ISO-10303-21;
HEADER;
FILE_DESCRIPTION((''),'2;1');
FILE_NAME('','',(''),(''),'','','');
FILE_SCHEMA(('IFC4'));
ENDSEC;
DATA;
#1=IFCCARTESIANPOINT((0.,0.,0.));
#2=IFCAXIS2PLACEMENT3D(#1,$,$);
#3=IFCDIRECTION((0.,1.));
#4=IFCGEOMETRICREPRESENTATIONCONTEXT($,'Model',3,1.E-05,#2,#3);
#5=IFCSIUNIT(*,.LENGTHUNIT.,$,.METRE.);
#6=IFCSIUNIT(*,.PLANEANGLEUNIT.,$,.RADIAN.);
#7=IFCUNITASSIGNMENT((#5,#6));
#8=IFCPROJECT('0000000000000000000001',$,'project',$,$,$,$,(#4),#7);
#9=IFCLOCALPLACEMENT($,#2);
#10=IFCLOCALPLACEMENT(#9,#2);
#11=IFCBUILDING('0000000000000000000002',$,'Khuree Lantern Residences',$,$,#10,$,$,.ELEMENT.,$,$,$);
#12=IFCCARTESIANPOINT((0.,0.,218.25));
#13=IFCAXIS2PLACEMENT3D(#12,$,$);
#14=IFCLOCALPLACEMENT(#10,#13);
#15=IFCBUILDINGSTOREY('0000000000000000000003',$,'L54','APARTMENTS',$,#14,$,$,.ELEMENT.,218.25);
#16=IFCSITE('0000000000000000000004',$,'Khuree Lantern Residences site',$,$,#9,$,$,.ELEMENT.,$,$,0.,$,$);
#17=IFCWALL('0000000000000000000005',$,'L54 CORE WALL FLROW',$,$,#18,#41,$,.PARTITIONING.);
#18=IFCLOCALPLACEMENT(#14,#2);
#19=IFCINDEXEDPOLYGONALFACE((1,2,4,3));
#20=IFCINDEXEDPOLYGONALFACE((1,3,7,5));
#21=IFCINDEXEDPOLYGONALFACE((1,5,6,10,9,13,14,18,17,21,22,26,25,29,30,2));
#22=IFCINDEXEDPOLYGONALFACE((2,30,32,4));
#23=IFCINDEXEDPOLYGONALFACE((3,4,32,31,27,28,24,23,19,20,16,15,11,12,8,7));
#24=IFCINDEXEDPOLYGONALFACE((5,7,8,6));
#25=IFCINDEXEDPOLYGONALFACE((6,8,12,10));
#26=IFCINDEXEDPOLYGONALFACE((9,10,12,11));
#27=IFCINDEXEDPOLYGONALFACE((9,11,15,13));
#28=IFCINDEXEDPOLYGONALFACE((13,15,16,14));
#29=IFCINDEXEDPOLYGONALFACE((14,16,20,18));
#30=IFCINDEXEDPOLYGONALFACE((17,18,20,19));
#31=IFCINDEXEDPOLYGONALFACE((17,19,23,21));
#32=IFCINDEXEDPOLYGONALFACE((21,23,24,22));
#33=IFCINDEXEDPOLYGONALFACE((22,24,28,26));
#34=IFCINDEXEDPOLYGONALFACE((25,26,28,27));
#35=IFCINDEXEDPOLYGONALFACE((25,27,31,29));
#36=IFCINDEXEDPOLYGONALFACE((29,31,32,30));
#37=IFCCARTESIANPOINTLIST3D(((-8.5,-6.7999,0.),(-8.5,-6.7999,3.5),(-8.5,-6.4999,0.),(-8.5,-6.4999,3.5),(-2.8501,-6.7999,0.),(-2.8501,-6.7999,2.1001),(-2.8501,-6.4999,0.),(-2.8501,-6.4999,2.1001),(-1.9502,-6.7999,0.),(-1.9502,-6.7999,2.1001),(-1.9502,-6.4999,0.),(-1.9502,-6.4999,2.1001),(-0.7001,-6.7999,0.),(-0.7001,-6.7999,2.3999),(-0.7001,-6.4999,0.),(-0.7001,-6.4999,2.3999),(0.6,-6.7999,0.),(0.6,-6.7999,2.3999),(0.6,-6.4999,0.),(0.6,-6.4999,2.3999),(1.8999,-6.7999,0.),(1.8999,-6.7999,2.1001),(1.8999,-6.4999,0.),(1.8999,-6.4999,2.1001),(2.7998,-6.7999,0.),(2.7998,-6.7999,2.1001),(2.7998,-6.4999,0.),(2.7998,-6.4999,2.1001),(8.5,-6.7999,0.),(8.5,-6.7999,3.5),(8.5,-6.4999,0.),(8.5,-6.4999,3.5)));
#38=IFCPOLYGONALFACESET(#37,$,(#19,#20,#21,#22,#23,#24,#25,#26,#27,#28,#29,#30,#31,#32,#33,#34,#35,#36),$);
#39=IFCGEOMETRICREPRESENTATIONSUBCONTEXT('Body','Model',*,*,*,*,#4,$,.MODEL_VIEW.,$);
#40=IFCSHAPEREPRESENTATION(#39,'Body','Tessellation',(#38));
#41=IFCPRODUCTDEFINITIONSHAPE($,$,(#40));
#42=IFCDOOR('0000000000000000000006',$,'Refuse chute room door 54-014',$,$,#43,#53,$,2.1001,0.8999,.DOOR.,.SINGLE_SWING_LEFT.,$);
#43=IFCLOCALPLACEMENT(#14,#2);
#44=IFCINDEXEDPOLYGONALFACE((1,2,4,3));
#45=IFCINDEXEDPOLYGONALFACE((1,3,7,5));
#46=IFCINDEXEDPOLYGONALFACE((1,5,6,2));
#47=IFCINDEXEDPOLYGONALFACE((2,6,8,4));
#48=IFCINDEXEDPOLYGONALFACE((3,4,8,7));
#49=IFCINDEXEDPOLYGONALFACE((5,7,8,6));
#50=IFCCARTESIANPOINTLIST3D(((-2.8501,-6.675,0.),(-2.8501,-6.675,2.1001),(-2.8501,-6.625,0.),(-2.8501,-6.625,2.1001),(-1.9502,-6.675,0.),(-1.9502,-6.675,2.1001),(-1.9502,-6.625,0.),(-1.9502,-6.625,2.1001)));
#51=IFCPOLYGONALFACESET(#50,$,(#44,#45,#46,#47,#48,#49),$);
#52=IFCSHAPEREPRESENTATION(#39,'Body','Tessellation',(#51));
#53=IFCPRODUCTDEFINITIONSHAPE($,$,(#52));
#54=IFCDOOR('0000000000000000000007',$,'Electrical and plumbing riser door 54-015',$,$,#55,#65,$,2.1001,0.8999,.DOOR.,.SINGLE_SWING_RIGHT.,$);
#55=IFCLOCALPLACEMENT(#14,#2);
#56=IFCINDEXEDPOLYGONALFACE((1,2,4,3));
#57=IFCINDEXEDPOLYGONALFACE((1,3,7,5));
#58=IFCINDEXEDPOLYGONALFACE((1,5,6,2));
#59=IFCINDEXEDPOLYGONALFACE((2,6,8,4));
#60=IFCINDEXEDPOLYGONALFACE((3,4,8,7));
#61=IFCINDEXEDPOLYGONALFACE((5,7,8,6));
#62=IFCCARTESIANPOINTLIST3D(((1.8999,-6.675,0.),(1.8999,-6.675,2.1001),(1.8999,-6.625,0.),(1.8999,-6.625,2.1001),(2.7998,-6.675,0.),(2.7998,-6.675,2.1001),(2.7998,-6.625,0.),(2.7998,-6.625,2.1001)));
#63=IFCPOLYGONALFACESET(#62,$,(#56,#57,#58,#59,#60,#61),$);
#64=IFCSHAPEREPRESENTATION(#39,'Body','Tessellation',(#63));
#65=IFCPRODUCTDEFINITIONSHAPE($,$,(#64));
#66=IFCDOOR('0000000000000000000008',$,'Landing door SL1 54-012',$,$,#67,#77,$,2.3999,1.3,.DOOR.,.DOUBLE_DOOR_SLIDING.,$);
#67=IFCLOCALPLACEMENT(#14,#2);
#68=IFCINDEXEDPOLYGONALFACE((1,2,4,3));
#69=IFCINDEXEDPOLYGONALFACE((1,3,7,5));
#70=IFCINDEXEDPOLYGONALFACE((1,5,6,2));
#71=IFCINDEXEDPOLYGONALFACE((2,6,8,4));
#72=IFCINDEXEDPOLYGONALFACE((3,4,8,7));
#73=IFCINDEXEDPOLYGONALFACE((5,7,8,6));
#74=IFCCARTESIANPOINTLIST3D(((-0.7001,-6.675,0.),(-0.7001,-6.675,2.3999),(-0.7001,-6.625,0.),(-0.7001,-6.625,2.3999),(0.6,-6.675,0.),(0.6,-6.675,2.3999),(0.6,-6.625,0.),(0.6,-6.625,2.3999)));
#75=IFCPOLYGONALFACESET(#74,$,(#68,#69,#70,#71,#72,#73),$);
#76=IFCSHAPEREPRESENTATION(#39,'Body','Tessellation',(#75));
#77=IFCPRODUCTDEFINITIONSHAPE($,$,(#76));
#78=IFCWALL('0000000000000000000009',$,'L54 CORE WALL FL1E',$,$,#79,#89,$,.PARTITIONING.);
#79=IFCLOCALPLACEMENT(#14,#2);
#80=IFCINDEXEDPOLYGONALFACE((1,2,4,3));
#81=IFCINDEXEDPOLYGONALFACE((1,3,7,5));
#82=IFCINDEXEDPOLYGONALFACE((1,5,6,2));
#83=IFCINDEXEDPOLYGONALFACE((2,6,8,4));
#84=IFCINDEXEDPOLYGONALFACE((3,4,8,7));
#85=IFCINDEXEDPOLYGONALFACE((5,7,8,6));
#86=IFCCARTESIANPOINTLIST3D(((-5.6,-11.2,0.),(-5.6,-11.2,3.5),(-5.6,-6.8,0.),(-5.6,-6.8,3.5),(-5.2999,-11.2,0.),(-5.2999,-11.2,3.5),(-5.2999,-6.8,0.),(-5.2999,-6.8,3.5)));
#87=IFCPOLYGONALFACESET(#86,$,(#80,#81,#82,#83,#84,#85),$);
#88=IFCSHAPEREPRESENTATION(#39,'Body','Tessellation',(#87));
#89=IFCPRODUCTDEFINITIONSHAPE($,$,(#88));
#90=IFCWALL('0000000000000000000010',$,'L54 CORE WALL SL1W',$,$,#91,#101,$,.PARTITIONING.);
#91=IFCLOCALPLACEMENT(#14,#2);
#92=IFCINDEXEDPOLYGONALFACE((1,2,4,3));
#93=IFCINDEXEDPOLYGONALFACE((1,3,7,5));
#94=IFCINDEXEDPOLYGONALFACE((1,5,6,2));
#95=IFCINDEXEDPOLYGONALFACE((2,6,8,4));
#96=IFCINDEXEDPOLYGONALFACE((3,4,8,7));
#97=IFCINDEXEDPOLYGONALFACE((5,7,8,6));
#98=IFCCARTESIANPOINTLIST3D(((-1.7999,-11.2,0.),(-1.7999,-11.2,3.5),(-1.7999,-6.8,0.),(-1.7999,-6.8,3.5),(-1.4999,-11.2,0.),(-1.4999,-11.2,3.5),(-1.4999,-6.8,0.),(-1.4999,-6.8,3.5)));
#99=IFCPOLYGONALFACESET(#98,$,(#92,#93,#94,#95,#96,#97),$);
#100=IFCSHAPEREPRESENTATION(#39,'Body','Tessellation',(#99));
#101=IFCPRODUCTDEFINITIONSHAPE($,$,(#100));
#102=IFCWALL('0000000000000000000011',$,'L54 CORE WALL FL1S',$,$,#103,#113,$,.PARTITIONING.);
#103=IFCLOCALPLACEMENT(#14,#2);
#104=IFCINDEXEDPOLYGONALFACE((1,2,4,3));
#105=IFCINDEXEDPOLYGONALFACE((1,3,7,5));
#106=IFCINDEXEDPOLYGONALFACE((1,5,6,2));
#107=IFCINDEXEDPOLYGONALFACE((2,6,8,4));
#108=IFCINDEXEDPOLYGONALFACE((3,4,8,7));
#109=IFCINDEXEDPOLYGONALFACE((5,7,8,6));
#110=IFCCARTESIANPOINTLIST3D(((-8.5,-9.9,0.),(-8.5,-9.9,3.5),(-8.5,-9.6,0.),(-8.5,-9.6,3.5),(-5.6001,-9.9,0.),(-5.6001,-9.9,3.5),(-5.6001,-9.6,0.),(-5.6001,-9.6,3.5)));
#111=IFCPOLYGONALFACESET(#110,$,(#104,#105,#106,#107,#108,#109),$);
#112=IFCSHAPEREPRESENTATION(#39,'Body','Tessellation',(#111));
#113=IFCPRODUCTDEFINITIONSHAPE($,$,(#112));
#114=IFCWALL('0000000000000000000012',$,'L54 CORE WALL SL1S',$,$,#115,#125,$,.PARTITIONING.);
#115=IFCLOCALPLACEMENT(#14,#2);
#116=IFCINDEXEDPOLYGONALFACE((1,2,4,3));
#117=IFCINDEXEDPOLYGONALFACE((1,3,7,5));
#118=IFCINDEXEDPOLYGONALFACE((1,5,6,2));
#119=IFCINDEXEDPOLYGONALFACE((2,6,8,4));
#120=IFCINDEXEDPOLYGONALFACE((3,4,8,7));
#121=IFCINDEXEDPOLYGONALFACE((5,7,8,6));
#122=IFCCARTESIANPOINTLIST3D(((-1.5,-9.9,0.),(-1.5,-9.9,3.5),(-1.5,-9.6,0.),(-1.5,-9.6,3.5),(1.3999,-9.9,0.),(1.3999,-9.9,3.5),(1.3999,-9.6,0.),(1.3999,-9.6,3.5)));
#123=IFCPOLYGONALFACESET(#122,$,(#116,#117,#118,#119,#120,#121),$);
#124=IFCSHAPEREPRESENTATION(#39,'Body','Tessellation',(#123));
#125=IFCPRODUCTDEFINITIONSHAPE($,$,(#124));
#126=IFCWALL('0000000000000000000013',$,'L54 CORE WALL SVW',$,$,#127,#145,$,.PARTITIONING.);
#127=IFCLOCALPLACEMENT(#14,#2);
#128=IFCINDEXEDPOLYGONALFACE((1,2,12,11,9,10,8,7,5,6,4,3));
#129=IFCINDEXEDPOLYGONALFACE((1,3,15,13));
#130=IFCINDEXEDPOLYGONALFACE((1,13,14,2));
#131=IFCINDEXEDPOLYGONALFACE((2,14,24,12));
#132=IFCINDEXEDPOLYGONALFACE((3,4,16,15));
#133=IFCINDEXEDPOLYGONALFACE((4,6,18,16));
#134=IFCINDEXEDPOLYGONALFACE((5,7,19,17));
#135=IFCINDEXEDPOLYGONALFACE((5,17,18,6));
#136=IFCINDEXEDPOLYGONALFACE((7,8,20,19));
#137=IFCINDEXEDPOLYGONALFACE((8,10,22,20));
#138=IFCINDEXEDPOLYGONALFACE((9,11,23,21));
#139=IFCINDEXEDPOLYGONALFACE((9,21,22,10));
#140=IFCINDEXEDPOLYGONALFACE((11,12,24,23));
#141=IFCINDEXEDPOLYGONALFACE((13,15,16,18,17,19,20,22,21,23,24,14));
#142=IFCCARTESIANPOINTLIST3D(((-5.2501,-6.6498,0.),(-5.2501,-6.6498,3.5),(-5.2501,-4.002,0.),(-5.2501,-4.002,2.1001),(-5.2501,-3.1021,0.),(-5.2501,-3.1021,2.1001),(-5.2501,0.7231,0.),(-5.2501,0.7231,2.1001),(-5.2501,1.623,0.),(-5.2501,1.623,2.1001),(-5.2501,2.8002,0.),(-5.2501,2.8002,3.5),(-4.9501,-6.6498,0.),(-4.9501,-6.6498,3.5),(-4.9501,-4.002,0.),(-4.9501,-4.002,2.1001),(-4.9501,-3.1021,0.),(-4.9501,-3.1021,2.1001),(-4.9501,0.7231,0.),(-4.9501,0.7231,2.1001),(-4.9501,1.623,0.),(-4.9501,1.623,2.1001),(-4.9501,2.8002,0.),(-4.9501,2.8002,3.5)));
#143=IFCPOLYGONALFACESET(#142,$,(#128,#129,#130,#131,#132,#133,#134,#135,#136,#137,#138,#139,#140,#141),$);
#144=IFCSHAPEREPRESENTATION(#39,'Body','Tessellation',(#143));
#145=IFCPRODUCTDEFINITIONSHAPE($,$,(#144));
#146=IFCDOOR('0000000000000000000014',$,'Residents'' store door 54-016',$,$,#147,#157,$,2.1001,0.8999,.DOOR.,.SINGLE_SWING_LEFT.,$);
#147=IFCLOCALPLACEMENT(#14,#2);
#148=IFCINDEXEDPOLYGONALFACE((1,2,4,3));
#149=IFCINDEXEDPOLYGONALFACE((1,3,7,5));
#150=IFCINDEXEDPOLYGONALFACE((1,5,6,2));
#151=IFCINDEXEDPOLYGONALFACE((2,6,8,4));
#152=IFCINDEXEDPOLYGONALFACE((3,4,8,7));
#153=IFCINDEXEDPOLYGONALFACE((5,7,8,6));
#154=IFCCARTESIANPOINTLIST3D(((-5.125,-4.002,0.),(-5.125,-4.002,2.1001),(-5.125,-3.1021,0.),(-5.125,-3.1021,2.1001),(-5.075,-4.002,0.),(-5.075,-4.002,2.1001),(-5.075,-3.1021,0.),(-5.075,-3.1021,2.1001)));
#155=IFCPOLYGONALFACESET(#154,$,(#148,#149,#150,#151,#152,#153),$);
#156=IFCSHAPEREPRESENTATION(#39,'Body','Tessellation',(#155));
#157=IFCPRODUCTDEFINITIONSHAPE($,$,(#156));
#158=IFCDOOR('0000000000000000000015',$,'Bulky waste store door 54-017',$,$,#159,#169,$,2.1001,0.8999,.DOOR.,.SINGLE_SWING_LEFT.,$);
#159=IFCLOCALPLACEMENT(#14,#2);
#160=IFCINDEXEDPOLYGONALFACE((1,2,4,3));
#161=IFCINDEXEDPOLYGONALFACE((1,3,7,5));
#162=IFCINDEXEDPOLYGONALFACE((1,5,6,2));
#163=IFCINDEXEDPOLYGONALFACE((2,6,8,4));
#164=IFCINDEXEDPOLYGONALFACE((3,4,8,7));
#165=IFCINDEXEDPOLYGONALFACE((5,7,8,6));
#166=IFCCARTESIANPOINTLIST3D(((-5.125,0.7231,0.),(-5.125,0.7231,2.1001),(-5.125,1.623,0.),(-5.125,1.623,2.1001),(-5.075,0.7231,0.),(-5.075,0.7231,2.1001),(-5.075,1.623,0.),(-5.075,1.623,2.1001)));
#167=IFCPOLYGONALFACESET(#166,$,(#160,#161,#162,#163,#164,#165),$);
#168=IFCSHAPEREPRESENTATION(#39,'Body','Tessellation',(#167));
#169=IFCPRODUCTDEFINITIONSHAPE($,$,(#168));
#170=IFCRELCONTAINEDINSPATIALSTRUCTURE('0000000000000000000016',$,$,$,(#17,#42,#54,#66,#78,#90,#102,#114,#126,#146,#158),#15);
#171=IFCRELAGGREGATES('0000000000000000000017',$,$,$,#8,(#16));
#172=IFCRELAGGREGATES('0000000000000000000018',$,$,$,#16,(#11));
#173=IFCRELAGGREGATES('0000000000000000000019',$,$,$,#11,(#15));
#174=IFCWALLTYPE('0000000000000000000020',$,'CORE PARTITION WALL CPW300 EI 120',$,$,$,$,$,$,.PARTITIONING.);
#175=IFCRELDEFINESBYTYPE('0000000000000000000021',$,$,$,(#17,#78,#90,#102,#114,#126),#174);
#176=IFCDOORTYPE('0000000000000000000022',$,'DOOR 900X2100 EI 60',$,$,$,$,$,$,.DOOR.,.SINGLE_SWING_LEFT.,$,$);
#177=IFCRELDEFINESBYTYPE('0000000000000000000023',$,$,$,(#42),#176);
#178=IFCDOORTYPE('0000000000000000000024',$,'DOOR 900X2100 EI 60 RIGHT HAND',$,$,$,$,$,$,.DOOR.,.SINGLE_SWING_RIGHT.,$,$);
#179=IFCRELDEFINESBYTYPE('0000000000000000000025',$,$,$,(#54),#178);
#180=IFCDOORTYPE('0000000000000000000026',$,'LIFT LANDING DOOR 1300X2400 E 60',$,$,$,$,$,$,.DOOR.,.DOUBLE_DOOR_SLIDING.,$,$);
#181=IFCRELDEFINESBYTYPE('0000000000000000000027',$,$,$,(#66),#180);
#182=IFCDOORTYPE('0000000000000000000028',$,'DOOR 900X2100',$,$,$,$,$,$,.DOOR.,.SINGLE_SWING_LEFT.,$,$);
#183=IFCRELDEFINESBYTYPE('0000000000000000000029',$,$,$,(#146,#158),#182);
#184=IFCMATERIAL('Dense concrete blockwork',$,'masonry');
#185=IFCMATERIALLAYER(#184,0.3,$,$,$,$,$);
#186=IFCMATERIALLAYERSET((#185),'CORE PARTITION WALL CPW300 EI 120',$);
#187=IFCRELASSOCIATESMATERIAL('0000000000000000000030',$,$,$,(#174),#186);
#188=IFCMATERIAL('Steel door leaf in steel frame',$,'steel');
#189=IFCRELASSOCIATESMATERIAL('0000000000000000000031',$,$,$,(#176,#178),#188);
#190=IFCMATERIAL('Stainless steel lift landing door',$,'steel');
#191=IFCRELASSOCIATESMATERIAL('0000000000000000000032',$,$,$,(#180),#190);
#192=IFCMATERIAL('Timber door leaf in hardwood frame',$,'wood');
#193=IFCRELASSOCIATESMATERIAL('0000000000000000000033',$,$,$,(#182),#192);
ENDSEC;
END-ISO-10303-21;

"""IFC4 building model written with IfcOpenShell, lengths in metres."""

from ifc_helpers import new_model, si_unit, direction, frame, frame_2d, origin, place, context, subcontext, project, spatial, rectangle, extrude, material, layer, layer_set, type_object, element, fill, save


model = new_model("IFC4")

# Units and contexts
model_context = context("Model", 3, precision=1e-05, world=origin(), true_north=direction((0.0, 1.0)))
body_context = subcontext(model_context, "Body", "Model", "MODEL_VIEW")
ifc_project = project(units=[si_unit("LENGTHUNIT", "METRE"), si_unit("PLANEANGLEUNIT", "RADIAN")], contexts=[model_context])

# Site, building, storey
site_placement = place(None, origin())
site = spatial("IfcSite", under=ifc_project, at=site_placement, Name="Khuree Lantern Residences site", CompositionType="ELEMENT", RefElevation=0.0)
building_placement = place(site_placement, origin())
building = spatial("IfcBuilding", under=site, at=building_placement, Name="Khuree Lantern Residences", CompositionType="ELEMENT")
storey_placement = place(building_placement, frame((0.0, 0.0, 218.25)))
storey = spatial("IfcBuildingStorey", under=building, at=storey_placement, Name="L54", Description="APARTMENTS", CompositionType="ELEMENT", Elevation=218.25)

# Wall, openings, doors
ifc_material_1 = material(Name="Dense concrete blockwork", Category="masonry")
ifc_layer_1 = layer(ifc_material_1, 0.3)
ifc_layer_set_1 = layer_set([ifc_layer_1], Name="CORE PARTITION WALL CPW300 EI 120")
wall_type_1 = type_object("IfcWallType", Name="CORE PARTITION WALL CPW300 EI 120", PredefinedType="PARTITIONING", material=ifc_layer_set_1)
wall_1_placement = place(storey_placement, frame((-8.5, -6.6499, 0.0), z_axis=(0.0, 0.0, 1.0), x_axis=(1.0, 0.0, 0.0)))
wall_1 = element("IfcWall", 1, at=wall_1_placement, inside=storey, type_object=wall_type_1, Name="L54 CORE WALL FLROW", PredefinedType="PARTITIONING", context=body_context, shape_type="SweptSolid", body=[
    extrude(rectangle(XDim=17.0, YDim=0.3, at=frame_2d((8.5, 0.0))), origin(), (0.0, 0.0, 1.0), 3.5),
])
opening_1_placement = place(wall_1_placement, frame((7.8, 0.0, 0.0)))
opening_1 = element("IfcOpeningElement", 2, at=opening_1_placement, cuts=wall_1, PredefinedType="OPENING", context=body_context, shape_type="SweptSolid", body=[
    extrude(rectangle(XDim=1.3, YDim=2.3999, at=frame_2d((0.6499, 1.2))), frame((0.0, 0.1602, 0.0), z_axis=(0.0, -1.0, 0.0), x_axis=(1.0, 0.0, 0.0)), (0.0, 0.0, 1.0), 0.3201),
])
opening_2_placement = place(wall_1_placement, frame((5.6499, 0.0, 0.0)))
opening_2 = element("IfcOpeningElement", 3, at=opening_2_placement, cuts=wall_1, PredefinedType="OPENING", context=body_context, shape_type="SweptSolid", body=[
    extrude(rectangle(XDim=0.8999, YDim=2.1001, at=frame_2d((0.45, 1.05))), frame((0.0, 0.1602, 0.0), z_axis=(0.0, -1.0, 0.0), x_axis=(1.0, 0.0, 0.0)), (0.0, 0.0, 1.0), 0.3201),
])
opening_3_placement = place(wall_1_placement, frame((10.3999, 0.0, 0.0)))
opening_3 = element("IfcOpeningElement", 4, at=opening_3_placement, cuts=wall_1, PredefinedType="OPENING", context=body_context, shape_type="SweptSolid", body=[
    extrude(rectangle(XDim=0.8999, YDim=2.1001, at=frame_2d((0.45, 1.05))), frame((0.0, 0.1602, 0.0), z_axis=(0.0, -1.0, 0.0), x_axis=(1.0, 0.0, 0.0)), (0.0, 0.0, 1.0), 0.3201),
])
ifc_material_2 = material(Name="Steel door leaf in steel frame", Category="steel")
door_type_1 = type_object("IfcDoorType", Name="DOOR 900X2100 EI 60", OperationType="SINGLE_SWING_LEFT", PredefinedType="DOOR", material=ifc_material_2)
door_1_placement = place(opening_2_placement, origin())
door_1 = element("IfcDoor", 5, at=door_1_placement, inside=storey, type_object=door_type_1, Name="Refuse chute room door 54-014", OperationType="SINGLE_SWING_LEFT", OverallHeight=2.1001, OverallWidth=0.8999, PredefinedType="DOOR", context=body_context, shape_type="SweptSolid", body=[
    extrude(rectangle(XDim=0.8999, YDim=2.1001, at=frame_2d((0.45, 1.05))), frame((0.0, 0.0249, 0.0), z_axis=(0.0, -1.0, 0.0), x_axis=(1.0, 0.0, 0.0)), (0.0, 0.0, 1.0), 0.05),
])
fill(opening_2, door_1)
door_type_2 = type_object("IfcDoorType", Name="DOOR 900X2100 EI 60 RIGHT HAND", OperationType="SINGLE_SWING_RIGHT", PredefinedType="DOOR", material=ifc_material_2)
door_2_placement = place(opening_3_placement, origin())
door_2 = element("IfcDoor", 6, at=door_2_placement, inside=storey, type_object=door_type_2, Name="Electrical and plumbing riser door 54-015", OperationType="SINGLE_SWING_RIGHT", OverallHeight=2.1001, OverallWidth=0.8999, PredefinedType="DOOR", context=body_context, shape_type="SweptSolid", body=[
    extrude(rectangle(XDim=0.8999, YDim=2.1001, at=frame_2d((0.45, 1.05))), frame((0.0, 0.0249, 0.0), z_axis=(0.0, -1.0, 0.0), x_axis=(1.0, 0.0, 0.0)), (0.0, 0.0, 1.0), 0.05),
])
fill(opening_3, door_2)
ifc_material_3 = material(Name="Stainless steel lift landing door", Category="steel")
door_type_3 = type_object("IfcDoorType", Name="LIFT LANDING DOOR 1300X2400 E 60", OperationType="DOUBLE_DOOR_SLIDING", PredefinedType="DOOR", material=ifc_material_3)
door_3_placement = place(opening_1_placement, origin())
door_3 = element("IfcDoor", 7, at=door_3_placement, inside=storey, type_object=door_type_3, Name="Landing door SL1 54-012", OperationType="DOUBLE_DOOR_SLIDING", OverallHeight=2.3999, OverallWidth=1.3, PredefinedType="DOOR", context=body_context, shape_type="SweptSolid", body=[
    extrude(rectangle(XDim=1.3, YDim=2.3999, at=frame_2d((0.6499, 1.2))), frame((0.0, 0.0249, 0.0), z_axis=(0.0, -1.0, 0.0), x_axis=(1.0, 0.0, 0.0)), (0.0, 0.0, 1.0), 0.05),
])
fill(opening_1, door_3)

# Walls
for number, where, z_axis, x_axis, name in (
    (8, (-5.45, -11.2, 0.0), (0.0, 0.0, 1.0), (0.0, 1.0, 0.0), "L54 CORE WALL FL1E"),
    (9, (-1.6499, -11.2, 0.0), (0.0, 0.0, 1.0), (0.0, 1.0, 0.0), "L54 CORE WALL SL1W"),
):
    element("IfcWall", number, at=place(storey_placement, frame(where, z_axis=z_axis, x_axis=x_axis)), inside=storey, type_object=wall_type_1, Name=name, PredefinedType="PARTITIONING", context=body_context, shape_type="SweptSolid", body=[
        extrude(rectangle(XDim=4.3999, YDim=0.3, at=frame_2d((2.2, 0.0))), origin(), (0.0, 0.0, 1.0), 3.5),
    ])
for number, where, z_axis, x_axis, name in (
    (10, (-8.5, -9.75, 0.0), (0.0, 0.0, 1.0), (1.0, 0.0, 0.0), "L54 CORE WALL FL1S"),
    (11, (-1.5, -9.75, 0.0), (0.0, 0.0, 1.0), (1.0, 0.0, 0.0), "L54 CORE WALL SL1S"),
):
    element("IfcWall", number, at=place(storey_placement, frame(where, z_axis=z_axis, x_axis=x_axis)), inside=storey, type_object=wall_type_1, Name=name, PredefinedType="PARTITIONING", context=body_context, shape_type="SweptSolid", body=[
        extrude(rectangle(XDim=2.8999, YDim=0.3, at=frame_2d((1.45, 0.0))), origin(), (0.0, 0.0, 1.0), 3.5),
    ])

# Wall, openings, doors
wall_2_placement = place(storey_placement, frame((-5.1001, -6.6499, 0.0), z_axis=(0.0, 0.0, 1.0), x_axis=(0.0, 1.0, 0.0)))
wall_2 = element("IfcWall", 12, at=wall_2_placement, inside=storey, type_object=wall_type_1, Name="L54 CORE WALL SVW", PredefinedType="PARTITIONING", context=body_context, shape_type="SweptSolid", body=[
    extrude(rectangle(XDim=9.45, YDim=0.3, at=frame_2d((4.7251, 0.0))), origin(), (0.0, 0.0, 1.0), 3.5),
])
opening_4_placement = place(wall_2_placement, frame((2.6479, 0.0, 0.0)))
opening_4 = element("IfcOpeningElement", 13, at=opening_4_placement, cuts=wall_2, PredefinedType="OPENING", context=body_context, shape_type="SweptSolid", body=[
    extrude(rectangle(XDim=0.8999, YDim=2.1001, at=frame_2d((0.45, 1.05))), frame((0.0, 0.1602, 0.0), z_axis=(0.0, -1.0, 0.0), x_axis=(1.0, 0.0, 0.0)), (0.0, 0.0, 1.0), 0.3201),
])
opening_5_placement = place(wall_2_placement, frame((7.373, 0.0, 0.0)))
opening_5 = element("IfcOpeningElement", 14, at=opening_5_placement, cuts=wall_2, PredefinedType="OPENING", context=body_context, shape_type="SweptSolid", body=[
    extrude(rectangle(XDim=0.8999, YDim=2.1001, at=frame_2d((0.45, 1.05))), frame((0.0, 0.1602, 0.0), z_axis=(0.0, -1.0, 0.0), x_axis=(1.0, 0.0, 0.0)), (0.0, 0.0, 1.0), 0.3201),
])
ifc_material_4 = material(Name="Timber door leaf in hardwood frame", Category="wood")
door_type_4 = type_object("IfcDoorType", Name="DOOR 900X2100", OperationType="SINGLE_SWING_LEFT", PredefinedType="DOOR", material=ifc_material_4)
door_4_placement = place(opening_4_placement, origin())
door_4 = element("IfcDoor", 15, at=door_4_placement, inside=storey, type_object=door_type_4, Name="Residents' store door 54-016", OperationType="SINGLE_SWING_LEFT", OverallHeight=2.1001, OverallWidth=0.8999, PredefinedType="DOOR", context=body_context, shape_type="SweptSolid", body=[
    extrude(rectangle(XDim=0.8999, YDim=2.1001, at=frame_2d((0.45, 1.05))), frame((0.0, 0.0249, 0.0), z_axis=(0.0, -1.0, 0.0), x_axis=(1.0, 0.0, 0.0)), (0.0, 0.0, 1.0), 0.05),
])
fill(opening_4, door_4)
door_5_placement = place(opening_5_placement, origin())
door_5 = element("IfcDoor", 16, at=door_5_placement, inside=storey, type_object=door_type_4, Name="Bulky waste store door 54-017", OperationType="SINGLE_SWING_LEFT", OverallHeight=2.1001, OverallWidth=0.8999, PredefinedType="DOOR", context=body_context, shape_type="SweptSolid", body=[
    extrude(rectangle(XDim=0.8999, YDim=2.1001, at=frame_2d((0.45, 1.05))), frame((0.0, 0.0249, 0.0), z_axis=(0.0, -1.0, 0.0), x_axis=(1.0, 0.0, 0.0)), (0.0, 0.0, 1.0), 0.05),
])
fill(opening_5, door_5)

save(model, "model.ifc")
